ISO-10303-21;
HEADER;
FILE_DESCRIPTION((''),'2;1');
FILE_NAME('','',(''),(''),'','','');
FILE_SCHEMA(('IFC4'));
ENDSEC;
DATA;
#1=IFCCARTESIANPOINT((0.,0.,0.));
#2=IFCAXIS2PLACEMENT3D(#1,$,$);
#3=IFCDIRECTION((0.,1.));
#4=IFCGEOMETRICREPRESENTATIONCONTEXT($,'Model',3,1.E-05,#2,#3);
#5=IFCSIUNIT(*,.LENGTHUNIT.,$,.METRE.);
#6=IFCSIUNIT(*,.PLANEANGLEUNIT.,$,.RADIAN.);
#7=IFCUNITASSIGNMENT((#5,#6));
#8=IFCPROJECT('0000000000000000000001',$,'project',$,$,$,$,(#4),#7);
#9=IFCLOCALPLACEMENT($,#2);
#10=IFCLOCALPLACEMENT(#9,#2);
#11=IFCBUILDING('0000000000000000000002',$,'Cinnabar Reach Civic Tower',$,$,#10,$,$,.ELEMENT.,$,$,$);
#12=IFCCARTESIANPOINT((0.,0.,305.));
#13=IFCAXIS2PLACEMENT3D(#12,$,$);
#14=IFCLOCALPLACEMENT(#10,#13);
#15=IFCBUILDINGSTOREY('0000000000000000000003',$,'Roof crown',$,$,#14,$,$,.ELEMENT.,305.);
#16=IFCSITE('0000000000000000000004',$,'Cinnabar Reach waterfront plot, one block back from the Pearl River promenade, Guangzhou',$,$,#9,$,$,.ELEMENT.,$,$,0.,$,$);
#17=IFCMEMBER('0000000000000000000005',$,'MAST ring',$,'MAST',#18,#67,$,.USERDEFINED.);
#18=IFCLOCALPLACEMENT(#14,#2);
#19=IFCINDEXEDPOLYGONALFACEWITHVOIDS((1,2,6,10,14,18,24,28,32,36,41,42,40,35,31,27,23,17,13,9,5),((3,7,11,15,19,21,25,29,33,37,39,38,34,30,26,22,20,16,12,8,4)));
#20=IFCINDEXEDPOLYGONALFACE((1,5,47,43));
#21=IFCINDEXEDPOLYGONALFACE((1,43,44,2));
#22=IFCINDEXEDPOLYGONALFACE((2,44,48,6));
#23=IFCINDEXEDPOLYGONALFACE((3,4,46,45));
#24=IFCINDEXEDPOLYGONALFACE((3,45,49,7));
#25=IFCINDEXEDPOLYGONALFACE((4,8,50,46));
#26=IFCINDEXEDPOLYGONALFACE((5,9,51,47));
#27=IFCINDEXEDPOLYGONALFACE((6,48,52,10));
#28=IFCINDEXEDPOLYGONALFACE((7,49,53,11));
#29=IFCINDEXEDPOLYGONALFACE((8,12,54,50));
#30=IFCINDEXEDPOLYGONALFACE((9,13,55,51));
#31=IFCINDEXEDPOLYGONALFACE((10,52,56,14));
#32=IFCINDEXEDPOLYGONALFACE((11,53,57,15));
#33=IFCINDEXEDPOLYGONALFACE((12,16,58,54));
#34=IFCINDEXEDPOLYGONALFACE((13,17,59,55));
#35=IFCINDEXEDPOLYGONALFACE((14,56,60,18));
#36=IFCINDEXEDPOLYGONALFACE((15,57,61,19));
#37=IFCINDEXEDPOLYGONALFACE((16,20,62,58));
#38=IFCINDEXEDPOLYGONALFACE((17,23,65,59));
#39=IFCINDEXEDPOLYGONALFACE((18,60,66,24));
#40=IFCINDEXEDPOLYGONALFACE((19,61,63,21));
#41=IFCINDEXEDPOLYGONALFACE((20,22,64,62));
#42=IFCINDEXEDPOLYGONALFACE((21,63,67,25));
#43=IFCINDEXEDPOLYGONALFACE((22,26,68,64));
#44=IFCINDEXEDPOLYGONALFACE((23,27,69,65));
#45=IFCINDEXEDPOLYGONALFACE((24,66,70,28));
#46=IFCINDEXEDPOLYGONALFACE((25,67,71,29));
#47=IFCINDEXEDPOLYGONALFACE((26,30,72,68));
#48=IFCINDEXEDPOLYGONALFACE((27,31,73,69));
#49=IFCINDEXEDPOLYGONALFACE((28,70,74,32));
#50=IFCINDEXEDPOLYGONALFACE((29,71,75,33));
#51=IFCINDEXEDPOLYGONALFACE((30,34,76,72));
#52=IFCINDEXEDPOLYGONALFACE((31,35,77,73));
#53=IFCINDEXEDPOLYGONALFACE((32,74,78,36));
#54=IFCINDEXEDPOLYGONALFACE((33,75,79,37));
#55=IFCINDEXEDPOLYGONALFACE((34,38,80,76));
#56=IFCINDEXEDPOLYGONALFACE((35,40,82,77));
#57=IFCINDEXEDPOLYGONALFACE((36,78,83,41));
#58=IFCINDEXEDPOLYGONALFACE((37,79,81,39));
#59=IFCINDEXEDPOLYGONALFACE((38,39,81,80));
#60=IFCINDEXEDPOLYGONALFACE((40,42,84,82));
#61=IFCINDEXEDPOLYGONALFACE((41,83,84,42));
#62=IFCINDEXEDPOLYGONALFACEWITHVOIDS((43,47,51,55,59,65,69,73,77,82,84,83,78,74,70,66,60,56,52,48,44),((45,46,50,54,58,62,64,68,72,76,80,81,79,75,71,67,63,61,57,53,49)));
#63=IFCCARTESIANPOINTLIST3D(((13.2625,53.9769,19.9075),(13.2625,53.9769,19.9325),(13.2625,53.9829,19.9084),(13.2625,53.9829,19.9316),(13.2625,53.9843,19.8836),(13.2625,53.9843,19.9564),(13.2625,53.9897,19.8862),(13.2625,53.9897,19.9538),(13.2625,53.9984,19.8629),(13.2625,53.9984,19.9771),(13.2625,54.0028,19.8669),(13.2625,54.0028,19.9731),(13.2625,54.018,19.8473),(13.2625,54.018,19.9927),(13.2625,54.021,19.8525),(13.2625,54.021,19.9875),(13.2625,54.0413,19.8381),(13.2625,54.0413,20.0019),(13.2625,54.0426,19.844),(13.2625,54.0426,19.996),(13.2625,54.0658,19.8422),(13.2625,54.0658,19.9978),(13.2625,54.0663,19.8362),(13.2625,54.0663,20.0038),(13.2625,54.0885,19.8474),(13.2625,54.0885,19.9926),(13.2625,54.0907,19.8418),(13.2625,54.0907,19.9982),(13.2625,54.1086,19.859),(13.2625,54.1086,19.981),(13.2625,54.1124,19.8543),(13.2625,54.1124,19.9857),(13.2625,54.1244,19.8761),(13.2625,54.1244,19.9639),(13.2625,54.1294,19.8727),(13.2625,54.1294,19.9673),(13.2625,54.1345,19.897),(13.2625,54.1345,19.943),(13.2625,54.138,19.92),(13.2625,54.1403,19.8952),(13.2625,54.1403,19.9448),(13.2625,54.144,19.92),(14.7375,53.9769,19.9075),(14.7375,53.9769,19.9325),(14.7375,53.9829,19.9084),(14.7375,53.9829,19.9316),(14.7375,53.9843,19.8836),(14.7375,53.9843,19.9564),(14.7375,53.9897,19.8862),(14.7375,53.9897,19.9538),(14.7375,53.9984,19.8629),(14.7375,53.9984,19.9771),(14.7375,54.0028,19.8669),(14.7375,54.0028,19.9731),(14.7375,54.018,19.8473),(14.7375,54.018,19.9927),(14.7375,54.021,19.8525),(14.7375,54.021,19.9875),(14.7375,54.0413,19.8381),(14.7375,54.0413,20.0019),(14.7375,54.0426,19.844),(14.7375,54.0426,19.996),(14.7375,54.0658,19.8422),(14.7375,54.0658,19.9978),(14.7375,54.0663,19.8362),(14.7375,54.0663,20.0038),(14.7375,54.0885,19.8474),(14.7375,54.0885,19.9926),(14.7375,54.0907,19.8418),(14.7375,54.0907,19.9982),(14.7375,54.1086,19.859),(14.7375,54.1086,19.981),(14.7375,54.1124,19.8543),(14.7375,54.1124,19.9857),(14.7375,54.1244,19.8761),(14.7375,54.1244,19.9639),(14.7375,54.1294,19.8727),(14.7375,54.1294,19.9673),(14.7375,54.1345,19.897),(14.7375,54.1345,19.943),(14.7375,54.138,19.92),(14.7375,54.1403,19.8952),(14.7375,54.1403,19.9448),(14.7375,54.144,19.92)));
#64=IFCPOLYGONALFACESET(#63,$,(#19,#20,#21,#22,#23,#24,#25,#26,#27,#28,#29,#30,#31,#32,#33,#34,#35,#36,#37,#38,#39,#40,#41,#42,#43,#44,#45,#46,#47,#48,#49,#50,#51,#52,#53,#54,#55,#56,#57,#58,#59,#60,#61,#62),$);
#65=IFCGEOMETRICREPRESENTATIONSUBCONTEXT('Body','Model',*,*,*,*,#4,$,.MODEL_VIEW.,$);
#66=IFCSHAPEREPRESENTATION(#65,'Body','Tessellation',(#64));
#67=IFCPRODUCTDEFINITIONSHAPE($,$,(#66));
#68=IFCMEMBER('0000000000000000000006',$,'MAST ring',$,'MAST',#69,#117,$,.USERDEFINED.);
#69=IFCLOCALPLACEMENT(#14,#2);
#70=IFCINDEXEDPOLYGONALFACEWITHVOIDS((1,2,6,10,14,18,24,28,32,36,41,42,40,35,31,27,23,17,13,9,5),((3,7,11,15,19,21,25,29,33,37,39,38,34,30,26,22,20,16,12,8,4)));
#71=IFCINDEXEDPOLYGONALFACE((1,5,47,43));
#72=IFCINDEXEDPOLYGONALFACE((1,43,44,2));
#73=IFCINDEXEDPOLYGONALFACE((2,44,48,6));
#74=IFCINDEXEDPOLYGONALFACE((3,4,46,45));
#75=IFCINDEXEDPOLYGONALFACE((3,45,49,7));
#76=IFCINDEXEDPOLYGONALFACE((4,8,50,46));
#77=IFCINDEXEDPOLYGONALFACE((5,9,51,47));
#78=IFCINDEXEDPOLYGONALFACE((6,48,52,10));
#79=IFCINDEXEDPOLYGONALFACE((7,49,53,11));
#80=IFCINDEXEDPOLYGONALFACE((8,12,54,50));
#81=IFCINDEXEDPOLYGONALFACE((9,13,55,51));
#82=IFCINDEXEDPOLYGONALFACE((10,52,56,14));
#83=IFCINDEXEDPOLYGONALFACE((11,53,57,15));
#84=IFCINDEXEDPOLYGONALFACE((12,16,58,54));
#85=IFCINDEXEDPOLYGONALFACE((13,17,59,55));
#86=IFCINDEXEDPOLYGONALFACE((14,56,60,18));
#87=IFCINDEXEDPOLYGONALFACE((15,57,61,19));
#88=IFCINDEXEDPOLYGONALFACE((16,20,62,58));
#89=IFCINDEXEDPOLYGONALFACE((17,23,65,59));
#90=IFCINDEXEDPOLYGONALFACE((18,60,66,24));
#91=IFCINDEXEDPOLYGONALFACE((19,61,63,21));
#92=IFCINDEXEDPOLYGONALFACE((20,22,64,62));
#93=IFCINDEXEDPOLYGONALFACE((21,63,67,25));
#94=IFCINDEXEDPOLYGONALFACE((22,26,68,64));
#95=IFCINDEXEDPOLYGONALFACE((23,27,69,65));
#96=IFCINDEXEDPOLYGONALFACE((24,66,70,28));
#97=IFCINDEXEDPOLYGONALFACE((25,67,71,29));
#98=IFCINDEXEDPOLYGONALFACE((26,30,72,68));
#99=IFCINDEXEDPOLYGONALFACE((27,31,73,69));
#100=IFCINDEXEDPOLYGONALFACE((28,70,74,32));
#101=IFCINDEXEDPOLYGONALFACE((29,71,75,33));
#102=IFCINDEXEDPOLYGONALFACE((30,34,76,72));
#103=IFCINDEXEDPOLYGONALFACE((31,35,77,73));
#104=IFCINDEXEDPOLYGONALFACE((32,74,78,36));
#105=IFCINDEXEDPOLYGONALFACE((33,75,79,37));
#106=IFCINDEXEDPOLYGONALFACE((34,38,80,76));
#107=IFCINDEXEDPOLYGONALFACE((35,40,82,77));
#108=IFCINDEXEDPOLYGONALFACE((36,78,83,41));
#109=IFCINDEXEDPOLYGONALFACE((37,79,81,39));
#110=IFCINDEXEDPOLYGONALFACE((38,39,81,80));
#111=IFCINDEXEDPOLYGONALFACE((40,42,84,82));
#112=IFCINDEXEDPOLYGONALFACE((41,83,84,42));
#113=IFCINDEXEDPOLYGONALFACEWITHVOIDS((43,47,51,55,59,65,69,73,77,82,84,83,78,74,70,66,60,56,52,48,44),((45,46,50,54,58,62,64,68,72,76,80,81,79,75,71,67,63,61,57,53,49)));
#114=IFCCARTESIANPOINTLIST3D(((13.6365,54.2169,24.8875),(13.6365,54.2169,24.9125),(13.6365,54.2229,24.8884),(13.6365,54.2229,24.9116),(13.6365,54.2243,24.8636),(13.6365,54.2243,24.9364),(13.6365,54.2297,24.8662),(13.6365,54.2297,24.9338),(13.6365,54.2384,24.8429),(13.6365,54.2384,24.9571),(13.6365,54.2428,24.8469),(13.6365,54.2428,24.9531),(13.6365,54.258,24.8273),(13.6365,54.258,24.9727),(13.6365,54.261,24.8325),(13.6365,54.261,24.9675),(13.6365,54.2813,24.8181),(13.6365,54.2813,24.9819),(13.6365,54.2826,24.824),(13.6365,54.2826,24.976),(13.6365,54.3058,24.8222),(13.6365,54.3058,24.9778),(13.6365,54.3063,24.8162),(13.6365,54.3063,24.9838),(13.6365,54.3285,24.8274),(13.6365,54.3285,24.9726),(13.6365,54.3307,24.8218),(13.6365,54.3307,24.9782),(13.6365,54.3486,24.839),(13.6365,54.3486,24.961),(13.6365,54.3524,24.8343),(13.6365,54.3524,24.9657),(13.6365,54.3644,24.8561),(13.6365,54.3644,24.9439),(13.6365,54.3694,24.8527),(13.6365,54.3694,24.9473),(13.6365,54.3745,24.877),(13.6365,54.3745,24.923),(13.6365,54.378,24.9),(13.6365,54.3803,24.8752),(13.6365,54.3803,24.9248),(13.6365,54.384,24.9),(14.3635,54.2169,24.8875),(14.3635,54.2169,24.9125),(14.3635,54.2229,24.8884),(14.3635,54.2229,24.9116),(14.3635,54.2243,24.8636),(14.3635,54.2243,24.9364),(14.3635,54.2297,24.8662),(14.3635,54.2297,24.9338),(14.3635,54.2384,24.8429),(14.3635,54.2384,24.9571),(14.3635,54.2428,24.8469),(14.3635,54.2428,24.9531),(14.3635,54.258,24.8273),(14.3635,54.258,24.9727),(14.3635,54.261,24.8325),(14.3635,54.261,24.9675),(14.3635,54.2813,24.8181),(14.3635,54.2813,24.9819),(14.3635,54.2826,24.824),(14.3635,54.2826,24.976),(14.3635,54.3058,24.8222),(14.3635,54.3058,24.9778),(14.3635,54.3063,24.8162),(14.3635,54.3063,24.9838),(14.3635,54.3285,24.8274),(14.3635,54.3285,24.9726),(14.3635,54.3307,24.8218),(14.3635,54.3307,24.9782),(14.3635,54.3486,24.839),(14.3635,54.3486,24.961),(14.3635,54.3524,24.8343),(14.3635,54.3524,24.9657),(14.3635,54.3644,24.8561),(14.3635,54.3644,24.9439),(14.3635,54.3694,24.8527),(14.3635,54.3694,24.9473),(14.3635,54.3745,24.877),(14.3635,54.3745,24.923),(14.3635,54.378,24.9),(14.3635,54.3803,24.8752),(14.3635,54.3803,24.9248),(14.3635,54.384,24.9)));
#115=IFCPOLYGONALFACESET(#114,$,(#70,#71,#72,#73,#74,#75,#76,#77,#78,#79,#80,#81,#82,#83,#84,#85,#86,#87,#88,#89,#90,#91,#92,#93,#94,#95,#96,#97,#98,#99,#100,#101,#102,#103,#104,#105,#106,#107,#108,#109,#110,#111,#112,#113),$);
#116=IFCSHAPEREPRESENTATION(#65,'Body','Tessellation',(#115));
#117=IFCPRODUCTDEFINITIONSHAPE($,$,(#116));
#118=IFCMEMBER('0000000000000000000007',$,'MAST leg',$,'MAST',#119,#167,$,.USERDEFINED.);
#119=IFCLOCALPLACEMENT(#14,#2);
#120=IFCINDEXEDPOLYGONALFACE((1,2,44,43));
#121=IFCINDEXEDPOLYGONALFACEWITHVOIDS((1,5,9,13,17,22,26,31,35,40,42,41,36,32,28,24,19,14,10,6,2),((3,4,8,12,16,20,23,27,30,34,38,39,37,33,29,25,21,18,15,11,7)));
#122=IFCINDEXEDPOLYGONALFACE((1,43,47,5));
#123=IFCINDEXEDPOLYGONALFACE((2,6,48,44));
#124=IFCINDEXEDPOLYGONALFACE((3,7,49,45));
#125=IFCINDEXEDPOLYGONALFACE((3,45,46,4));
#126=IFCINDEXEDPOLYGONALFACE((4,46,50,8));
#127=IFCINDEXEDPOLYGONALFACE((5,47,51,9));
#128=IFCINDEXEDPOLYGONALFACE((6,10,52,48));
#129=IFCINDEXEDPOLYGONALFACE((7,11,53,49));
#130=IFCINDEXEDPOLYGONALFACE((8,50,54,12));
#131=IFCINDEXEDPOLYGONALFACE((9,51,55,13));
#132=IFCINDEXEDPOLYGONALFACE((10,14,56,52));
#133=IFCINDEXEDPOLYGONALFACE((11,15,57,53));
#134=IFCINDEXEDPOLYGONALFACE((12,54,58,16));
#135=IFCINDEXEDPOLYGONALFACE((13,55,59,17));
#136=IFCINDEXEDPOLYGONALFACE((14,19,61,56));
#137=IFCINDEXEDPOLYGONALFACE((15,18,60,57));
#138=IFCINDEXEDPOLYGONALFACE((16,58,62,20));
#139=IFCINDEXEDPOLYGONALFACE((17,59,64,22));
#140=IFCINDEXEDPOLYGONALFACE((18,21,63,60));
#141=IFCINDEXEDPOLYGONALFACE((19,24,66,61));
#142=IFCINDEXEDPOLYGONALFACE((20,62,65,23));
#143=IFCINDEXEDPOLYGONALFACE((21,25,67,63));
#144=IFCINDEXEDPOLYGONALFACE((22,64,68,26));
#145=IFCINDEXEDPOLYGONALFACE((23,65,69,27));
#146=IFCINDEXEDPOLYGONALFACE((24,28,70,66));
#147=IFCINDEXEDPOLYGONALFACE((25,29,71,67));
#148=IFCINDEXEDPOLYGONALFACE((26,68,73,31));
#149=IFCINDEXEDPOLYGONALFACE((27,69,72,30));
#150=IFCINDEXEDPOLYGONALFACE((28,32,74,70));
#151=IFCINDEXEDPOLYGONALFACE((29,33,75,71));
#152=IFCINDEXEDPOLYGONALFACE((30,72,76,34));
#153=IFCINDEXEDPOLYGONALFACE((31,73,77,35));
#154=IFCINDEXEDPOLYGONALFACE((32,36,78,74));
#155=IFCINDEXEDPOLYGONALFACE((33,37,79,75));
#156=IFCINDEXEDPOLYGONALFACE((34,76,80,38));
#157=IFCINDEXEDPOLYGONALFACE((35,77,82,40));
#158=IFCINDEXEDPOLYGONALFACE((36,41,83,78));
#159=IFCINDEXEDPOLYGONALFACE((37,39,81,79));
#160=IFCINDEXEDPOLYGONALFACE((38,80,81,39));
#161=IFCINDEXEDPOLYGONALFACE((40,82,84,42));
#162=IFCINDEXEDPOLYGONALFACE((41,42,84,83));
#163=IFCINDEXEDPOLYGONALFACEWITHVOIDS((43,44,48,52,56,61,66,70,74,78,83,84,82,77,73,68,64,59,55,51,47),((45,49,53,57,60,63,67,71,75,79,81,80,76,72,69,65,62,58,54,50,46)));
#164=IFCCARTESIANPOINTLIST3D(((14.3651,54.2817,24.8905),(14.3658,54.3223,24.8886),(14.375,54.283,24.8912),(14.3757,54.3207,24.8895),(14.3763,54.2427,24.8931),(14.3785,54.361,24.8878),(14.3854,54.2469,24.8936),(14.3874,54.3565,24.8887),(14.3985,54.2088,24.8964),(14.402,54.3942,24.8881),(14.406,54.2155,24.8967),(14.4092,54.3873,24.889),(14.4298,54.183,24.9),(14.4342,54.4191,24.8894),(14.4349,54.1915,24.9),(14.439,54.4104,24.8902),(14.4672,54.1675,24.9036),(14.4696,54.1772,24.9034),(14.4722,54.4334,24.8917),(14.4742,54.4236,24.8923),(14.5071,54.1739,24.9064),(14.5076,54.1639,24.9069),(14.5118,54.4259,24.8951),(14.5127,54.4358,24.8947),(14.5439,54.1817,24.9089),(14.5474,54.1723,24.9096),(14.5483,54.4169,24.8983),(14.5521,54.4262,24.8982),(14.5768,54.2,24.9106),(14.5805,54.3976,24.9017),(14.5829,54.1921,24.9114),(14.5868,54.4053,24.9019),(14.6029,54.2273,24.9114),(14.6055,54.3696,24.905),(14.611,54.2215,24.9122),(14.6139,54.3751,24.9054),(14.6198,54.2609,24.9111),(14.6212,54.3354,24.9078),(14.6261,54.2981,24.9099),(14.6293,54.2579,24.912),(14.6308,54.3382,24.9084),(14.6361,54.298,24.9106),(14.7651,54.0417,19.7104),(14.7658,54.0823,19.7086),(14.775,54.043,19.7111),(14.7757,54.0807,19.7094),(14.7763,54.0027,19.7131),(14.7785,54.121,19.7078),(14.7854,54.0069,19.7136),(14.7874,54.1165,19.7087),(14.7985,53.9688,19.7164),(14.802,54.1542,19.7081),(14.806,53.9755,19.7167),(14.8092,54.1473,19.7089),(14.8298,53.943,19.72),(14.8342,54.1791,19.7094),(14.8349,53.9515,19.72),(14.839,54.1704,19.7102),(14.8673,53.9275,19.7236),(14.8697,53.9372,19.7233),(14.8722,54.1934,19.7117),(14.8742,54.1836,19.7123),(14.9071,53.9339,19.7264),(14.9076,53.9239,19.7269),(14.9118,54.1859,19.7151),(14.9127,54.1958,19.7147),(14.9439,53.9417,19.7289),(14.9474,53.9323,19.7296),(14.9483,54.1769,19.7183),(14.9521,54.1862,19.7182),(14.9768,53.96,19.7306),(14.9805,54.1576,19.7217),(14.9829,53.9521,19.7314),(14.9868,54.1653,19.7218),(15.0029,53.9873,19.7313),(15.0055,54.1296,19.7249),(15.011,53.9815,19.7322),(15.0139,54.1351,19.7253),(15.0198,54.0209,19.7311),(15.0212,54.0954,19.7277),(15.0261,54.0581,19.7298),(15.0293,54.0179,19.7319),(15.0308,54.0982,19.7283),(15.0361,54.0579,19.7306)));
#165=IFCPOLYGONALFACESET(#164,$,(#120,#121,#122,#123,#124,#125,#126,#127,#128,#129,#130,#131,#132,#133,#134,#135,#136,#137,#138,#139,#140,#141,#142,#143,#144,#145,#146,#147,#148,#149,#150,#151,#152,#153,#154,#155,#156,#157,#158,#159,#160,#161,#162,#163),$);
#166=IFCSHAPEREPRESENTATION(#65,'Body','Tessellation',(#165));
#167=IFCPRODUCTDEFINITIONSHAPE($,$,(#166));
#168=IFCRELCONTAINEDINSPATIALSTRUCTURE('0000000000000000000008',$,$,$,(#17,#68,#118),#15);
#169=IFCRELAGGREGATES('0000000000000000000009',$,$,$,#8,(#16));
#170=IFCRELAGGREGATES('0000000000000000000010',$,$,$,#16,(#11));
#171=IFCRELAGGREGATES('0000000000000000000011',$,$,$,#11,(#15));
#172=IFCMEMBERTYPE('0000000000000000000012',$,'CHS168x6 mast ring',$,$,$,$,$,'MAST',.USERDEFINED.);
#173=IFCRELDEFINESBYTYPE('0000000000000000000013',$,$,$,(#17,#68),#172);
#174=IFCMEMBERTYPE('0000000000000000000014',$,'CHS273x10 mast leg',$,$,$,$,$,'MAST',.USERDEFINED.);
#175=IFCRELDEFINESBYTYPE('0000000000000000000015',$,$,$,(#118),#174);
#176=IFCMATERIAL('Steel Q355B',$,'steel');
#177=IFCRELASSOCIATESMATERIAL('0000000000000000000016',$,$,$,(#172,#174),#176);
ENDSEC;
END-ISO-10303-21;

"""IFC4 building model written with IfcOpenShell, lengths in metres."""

from ifc_helpers import new_model, si_unit, direction, frame, origin, origin_2d, place, context, subcontext, project, spatial, hollow_circle, extrude, material, material_profile, profile_set, type_object, element, save


model = new_model("IFC4")

# Units and contexts
model_context = context("Model", 3, precision=1e-05, world=origin(), true_north=direction((0.0, 1.0)))
body_context = subcontext(model_context, "Body", "Model", "MODEL_VIEW")
ifc_project = project(units=[si_unit("LENGTHUNIT", "METRE"), si_unit("PLANEANGLEUNIT", "RADIAN")], contexts=[model_context])

# Site, building, storey
site_placement = place(None, origin())
site = spatial("IfcSite", under=ifc_project, at=site_placement, Name="Cinnabar Reach waterfront plot, one block back from the Pearl River promenade, Guangzhou", CompositionType="ELEMENT", RefElevation=0.0)
building_placement = place(site_placement, origin())
building = spatial("IfcBuilding", under=site, at=building_placement, Name="Cinnabar Reach Civic Tower", CompositionType="ELEMENT")
storey_placement = place(building_placement, frame((0.0, 0.0, 305.0)))
storey = spatial("IfcBuildingStorey", under=building, at=storey_placement, Name="Roof crown", CompositionType="ELEMENT", Elevation=305.0)

# Members
ifc_material_1 = material(Name="Steel Q355B", Category="steel")
ifc_material_profile_1 = material_profile(ifc_material_1, hollow_circle(Radius=0.084, WallThickness=0.006, at=origin_2d()), Name="CHS168x6")
ifc_profile_set_1 = profile_set([ifc_material_profile_1], Name="Steel Q355B")
member_type_1 = type_object("IfcMemberType", Name="CHS168x6 mast ring", ElementType="MAST", PredefinedType="USERDEFINED", material=ifc_profile_set_1)
member_1_placement = place(storey_placement, frame((13.2625, 54.06, 19.92), z_axis=(1.0, 0.0, 0.0), x_axis=(0.0, 1.0, 0.0)))
element("IfcMember", 1, at=member_1_placement, inside=storey, type_object=member_type_1, Name="MAST ring", ObjectType="MAST", PredefinedType="USERDEFINED", context=body_context, shape_type="SweptSolid", body=[
    extrude(hollow_circle(Radius=0.084, WallThickness=0.006, at=origin_2d()), origin(), (0.0, 0.0, 1.0), 1.475),
])
member_2_placement = place(storey_placement, frame((13.6365, 54.3, 24.9), z_axis=(1.0, 0.0, 0.0), x_axis=(0.0, 1.0, 0.0)))
element("IfcMember", 2, at=member_2_placement, inside=storey, type_object=member_type_1, Name="MAST ring", ObjectType="MAST", PredefinedType="USERDEFINED", context=body_context, shape_type="SweptSolid", body=[
    extrude(hollow_circle(Radius=0.084, WallThickness=0.006, at=origin_2d()), origin(), (0.0, 0.0, 1.0), 0.727),
])
ifc_material_profile_2 = material_profile(ifc_material_1, hollow_circle(Radius=0.1365, WallThickness=0.01, at=origin_2d()), Name="CHS273x10")
ifc_profile_set_2 = profile_set([ifc_material_profile_2], Name="Steel Q355B")
member_type_2 = type_object("IfcMemberType", Name="CHS273x10 mast leg", ElementType="MAST", PredefinedType="USERDEFINED", material=ifc_profile_set_2)
for number, where, z_axis, x_axis, name in (
    (3, (14.9, 54.06, 19.72), (-0.076909, 0.046145, 0.99597), (-0.514496, -0.857493, 0.0), "MAST leg"),
):
    element("IfcMember", number, at=place(storey_placement, frame(where, z_axis=z_axis, x_axis=x_axis)), inside=storey, type_object=member_type_2, Name=name, ObjectType="MAST", PredefinedType="USERDEFINED", context=body_context, shape_type="SweptSolid", body=[
        extrude(hollow_circle(Radius=0.1365, WallThickness=0.01, at=origin_2d()), origin(), (0.0, 0.0, 1.0), 5.201),
    ])

save(model, "model.ifc")
